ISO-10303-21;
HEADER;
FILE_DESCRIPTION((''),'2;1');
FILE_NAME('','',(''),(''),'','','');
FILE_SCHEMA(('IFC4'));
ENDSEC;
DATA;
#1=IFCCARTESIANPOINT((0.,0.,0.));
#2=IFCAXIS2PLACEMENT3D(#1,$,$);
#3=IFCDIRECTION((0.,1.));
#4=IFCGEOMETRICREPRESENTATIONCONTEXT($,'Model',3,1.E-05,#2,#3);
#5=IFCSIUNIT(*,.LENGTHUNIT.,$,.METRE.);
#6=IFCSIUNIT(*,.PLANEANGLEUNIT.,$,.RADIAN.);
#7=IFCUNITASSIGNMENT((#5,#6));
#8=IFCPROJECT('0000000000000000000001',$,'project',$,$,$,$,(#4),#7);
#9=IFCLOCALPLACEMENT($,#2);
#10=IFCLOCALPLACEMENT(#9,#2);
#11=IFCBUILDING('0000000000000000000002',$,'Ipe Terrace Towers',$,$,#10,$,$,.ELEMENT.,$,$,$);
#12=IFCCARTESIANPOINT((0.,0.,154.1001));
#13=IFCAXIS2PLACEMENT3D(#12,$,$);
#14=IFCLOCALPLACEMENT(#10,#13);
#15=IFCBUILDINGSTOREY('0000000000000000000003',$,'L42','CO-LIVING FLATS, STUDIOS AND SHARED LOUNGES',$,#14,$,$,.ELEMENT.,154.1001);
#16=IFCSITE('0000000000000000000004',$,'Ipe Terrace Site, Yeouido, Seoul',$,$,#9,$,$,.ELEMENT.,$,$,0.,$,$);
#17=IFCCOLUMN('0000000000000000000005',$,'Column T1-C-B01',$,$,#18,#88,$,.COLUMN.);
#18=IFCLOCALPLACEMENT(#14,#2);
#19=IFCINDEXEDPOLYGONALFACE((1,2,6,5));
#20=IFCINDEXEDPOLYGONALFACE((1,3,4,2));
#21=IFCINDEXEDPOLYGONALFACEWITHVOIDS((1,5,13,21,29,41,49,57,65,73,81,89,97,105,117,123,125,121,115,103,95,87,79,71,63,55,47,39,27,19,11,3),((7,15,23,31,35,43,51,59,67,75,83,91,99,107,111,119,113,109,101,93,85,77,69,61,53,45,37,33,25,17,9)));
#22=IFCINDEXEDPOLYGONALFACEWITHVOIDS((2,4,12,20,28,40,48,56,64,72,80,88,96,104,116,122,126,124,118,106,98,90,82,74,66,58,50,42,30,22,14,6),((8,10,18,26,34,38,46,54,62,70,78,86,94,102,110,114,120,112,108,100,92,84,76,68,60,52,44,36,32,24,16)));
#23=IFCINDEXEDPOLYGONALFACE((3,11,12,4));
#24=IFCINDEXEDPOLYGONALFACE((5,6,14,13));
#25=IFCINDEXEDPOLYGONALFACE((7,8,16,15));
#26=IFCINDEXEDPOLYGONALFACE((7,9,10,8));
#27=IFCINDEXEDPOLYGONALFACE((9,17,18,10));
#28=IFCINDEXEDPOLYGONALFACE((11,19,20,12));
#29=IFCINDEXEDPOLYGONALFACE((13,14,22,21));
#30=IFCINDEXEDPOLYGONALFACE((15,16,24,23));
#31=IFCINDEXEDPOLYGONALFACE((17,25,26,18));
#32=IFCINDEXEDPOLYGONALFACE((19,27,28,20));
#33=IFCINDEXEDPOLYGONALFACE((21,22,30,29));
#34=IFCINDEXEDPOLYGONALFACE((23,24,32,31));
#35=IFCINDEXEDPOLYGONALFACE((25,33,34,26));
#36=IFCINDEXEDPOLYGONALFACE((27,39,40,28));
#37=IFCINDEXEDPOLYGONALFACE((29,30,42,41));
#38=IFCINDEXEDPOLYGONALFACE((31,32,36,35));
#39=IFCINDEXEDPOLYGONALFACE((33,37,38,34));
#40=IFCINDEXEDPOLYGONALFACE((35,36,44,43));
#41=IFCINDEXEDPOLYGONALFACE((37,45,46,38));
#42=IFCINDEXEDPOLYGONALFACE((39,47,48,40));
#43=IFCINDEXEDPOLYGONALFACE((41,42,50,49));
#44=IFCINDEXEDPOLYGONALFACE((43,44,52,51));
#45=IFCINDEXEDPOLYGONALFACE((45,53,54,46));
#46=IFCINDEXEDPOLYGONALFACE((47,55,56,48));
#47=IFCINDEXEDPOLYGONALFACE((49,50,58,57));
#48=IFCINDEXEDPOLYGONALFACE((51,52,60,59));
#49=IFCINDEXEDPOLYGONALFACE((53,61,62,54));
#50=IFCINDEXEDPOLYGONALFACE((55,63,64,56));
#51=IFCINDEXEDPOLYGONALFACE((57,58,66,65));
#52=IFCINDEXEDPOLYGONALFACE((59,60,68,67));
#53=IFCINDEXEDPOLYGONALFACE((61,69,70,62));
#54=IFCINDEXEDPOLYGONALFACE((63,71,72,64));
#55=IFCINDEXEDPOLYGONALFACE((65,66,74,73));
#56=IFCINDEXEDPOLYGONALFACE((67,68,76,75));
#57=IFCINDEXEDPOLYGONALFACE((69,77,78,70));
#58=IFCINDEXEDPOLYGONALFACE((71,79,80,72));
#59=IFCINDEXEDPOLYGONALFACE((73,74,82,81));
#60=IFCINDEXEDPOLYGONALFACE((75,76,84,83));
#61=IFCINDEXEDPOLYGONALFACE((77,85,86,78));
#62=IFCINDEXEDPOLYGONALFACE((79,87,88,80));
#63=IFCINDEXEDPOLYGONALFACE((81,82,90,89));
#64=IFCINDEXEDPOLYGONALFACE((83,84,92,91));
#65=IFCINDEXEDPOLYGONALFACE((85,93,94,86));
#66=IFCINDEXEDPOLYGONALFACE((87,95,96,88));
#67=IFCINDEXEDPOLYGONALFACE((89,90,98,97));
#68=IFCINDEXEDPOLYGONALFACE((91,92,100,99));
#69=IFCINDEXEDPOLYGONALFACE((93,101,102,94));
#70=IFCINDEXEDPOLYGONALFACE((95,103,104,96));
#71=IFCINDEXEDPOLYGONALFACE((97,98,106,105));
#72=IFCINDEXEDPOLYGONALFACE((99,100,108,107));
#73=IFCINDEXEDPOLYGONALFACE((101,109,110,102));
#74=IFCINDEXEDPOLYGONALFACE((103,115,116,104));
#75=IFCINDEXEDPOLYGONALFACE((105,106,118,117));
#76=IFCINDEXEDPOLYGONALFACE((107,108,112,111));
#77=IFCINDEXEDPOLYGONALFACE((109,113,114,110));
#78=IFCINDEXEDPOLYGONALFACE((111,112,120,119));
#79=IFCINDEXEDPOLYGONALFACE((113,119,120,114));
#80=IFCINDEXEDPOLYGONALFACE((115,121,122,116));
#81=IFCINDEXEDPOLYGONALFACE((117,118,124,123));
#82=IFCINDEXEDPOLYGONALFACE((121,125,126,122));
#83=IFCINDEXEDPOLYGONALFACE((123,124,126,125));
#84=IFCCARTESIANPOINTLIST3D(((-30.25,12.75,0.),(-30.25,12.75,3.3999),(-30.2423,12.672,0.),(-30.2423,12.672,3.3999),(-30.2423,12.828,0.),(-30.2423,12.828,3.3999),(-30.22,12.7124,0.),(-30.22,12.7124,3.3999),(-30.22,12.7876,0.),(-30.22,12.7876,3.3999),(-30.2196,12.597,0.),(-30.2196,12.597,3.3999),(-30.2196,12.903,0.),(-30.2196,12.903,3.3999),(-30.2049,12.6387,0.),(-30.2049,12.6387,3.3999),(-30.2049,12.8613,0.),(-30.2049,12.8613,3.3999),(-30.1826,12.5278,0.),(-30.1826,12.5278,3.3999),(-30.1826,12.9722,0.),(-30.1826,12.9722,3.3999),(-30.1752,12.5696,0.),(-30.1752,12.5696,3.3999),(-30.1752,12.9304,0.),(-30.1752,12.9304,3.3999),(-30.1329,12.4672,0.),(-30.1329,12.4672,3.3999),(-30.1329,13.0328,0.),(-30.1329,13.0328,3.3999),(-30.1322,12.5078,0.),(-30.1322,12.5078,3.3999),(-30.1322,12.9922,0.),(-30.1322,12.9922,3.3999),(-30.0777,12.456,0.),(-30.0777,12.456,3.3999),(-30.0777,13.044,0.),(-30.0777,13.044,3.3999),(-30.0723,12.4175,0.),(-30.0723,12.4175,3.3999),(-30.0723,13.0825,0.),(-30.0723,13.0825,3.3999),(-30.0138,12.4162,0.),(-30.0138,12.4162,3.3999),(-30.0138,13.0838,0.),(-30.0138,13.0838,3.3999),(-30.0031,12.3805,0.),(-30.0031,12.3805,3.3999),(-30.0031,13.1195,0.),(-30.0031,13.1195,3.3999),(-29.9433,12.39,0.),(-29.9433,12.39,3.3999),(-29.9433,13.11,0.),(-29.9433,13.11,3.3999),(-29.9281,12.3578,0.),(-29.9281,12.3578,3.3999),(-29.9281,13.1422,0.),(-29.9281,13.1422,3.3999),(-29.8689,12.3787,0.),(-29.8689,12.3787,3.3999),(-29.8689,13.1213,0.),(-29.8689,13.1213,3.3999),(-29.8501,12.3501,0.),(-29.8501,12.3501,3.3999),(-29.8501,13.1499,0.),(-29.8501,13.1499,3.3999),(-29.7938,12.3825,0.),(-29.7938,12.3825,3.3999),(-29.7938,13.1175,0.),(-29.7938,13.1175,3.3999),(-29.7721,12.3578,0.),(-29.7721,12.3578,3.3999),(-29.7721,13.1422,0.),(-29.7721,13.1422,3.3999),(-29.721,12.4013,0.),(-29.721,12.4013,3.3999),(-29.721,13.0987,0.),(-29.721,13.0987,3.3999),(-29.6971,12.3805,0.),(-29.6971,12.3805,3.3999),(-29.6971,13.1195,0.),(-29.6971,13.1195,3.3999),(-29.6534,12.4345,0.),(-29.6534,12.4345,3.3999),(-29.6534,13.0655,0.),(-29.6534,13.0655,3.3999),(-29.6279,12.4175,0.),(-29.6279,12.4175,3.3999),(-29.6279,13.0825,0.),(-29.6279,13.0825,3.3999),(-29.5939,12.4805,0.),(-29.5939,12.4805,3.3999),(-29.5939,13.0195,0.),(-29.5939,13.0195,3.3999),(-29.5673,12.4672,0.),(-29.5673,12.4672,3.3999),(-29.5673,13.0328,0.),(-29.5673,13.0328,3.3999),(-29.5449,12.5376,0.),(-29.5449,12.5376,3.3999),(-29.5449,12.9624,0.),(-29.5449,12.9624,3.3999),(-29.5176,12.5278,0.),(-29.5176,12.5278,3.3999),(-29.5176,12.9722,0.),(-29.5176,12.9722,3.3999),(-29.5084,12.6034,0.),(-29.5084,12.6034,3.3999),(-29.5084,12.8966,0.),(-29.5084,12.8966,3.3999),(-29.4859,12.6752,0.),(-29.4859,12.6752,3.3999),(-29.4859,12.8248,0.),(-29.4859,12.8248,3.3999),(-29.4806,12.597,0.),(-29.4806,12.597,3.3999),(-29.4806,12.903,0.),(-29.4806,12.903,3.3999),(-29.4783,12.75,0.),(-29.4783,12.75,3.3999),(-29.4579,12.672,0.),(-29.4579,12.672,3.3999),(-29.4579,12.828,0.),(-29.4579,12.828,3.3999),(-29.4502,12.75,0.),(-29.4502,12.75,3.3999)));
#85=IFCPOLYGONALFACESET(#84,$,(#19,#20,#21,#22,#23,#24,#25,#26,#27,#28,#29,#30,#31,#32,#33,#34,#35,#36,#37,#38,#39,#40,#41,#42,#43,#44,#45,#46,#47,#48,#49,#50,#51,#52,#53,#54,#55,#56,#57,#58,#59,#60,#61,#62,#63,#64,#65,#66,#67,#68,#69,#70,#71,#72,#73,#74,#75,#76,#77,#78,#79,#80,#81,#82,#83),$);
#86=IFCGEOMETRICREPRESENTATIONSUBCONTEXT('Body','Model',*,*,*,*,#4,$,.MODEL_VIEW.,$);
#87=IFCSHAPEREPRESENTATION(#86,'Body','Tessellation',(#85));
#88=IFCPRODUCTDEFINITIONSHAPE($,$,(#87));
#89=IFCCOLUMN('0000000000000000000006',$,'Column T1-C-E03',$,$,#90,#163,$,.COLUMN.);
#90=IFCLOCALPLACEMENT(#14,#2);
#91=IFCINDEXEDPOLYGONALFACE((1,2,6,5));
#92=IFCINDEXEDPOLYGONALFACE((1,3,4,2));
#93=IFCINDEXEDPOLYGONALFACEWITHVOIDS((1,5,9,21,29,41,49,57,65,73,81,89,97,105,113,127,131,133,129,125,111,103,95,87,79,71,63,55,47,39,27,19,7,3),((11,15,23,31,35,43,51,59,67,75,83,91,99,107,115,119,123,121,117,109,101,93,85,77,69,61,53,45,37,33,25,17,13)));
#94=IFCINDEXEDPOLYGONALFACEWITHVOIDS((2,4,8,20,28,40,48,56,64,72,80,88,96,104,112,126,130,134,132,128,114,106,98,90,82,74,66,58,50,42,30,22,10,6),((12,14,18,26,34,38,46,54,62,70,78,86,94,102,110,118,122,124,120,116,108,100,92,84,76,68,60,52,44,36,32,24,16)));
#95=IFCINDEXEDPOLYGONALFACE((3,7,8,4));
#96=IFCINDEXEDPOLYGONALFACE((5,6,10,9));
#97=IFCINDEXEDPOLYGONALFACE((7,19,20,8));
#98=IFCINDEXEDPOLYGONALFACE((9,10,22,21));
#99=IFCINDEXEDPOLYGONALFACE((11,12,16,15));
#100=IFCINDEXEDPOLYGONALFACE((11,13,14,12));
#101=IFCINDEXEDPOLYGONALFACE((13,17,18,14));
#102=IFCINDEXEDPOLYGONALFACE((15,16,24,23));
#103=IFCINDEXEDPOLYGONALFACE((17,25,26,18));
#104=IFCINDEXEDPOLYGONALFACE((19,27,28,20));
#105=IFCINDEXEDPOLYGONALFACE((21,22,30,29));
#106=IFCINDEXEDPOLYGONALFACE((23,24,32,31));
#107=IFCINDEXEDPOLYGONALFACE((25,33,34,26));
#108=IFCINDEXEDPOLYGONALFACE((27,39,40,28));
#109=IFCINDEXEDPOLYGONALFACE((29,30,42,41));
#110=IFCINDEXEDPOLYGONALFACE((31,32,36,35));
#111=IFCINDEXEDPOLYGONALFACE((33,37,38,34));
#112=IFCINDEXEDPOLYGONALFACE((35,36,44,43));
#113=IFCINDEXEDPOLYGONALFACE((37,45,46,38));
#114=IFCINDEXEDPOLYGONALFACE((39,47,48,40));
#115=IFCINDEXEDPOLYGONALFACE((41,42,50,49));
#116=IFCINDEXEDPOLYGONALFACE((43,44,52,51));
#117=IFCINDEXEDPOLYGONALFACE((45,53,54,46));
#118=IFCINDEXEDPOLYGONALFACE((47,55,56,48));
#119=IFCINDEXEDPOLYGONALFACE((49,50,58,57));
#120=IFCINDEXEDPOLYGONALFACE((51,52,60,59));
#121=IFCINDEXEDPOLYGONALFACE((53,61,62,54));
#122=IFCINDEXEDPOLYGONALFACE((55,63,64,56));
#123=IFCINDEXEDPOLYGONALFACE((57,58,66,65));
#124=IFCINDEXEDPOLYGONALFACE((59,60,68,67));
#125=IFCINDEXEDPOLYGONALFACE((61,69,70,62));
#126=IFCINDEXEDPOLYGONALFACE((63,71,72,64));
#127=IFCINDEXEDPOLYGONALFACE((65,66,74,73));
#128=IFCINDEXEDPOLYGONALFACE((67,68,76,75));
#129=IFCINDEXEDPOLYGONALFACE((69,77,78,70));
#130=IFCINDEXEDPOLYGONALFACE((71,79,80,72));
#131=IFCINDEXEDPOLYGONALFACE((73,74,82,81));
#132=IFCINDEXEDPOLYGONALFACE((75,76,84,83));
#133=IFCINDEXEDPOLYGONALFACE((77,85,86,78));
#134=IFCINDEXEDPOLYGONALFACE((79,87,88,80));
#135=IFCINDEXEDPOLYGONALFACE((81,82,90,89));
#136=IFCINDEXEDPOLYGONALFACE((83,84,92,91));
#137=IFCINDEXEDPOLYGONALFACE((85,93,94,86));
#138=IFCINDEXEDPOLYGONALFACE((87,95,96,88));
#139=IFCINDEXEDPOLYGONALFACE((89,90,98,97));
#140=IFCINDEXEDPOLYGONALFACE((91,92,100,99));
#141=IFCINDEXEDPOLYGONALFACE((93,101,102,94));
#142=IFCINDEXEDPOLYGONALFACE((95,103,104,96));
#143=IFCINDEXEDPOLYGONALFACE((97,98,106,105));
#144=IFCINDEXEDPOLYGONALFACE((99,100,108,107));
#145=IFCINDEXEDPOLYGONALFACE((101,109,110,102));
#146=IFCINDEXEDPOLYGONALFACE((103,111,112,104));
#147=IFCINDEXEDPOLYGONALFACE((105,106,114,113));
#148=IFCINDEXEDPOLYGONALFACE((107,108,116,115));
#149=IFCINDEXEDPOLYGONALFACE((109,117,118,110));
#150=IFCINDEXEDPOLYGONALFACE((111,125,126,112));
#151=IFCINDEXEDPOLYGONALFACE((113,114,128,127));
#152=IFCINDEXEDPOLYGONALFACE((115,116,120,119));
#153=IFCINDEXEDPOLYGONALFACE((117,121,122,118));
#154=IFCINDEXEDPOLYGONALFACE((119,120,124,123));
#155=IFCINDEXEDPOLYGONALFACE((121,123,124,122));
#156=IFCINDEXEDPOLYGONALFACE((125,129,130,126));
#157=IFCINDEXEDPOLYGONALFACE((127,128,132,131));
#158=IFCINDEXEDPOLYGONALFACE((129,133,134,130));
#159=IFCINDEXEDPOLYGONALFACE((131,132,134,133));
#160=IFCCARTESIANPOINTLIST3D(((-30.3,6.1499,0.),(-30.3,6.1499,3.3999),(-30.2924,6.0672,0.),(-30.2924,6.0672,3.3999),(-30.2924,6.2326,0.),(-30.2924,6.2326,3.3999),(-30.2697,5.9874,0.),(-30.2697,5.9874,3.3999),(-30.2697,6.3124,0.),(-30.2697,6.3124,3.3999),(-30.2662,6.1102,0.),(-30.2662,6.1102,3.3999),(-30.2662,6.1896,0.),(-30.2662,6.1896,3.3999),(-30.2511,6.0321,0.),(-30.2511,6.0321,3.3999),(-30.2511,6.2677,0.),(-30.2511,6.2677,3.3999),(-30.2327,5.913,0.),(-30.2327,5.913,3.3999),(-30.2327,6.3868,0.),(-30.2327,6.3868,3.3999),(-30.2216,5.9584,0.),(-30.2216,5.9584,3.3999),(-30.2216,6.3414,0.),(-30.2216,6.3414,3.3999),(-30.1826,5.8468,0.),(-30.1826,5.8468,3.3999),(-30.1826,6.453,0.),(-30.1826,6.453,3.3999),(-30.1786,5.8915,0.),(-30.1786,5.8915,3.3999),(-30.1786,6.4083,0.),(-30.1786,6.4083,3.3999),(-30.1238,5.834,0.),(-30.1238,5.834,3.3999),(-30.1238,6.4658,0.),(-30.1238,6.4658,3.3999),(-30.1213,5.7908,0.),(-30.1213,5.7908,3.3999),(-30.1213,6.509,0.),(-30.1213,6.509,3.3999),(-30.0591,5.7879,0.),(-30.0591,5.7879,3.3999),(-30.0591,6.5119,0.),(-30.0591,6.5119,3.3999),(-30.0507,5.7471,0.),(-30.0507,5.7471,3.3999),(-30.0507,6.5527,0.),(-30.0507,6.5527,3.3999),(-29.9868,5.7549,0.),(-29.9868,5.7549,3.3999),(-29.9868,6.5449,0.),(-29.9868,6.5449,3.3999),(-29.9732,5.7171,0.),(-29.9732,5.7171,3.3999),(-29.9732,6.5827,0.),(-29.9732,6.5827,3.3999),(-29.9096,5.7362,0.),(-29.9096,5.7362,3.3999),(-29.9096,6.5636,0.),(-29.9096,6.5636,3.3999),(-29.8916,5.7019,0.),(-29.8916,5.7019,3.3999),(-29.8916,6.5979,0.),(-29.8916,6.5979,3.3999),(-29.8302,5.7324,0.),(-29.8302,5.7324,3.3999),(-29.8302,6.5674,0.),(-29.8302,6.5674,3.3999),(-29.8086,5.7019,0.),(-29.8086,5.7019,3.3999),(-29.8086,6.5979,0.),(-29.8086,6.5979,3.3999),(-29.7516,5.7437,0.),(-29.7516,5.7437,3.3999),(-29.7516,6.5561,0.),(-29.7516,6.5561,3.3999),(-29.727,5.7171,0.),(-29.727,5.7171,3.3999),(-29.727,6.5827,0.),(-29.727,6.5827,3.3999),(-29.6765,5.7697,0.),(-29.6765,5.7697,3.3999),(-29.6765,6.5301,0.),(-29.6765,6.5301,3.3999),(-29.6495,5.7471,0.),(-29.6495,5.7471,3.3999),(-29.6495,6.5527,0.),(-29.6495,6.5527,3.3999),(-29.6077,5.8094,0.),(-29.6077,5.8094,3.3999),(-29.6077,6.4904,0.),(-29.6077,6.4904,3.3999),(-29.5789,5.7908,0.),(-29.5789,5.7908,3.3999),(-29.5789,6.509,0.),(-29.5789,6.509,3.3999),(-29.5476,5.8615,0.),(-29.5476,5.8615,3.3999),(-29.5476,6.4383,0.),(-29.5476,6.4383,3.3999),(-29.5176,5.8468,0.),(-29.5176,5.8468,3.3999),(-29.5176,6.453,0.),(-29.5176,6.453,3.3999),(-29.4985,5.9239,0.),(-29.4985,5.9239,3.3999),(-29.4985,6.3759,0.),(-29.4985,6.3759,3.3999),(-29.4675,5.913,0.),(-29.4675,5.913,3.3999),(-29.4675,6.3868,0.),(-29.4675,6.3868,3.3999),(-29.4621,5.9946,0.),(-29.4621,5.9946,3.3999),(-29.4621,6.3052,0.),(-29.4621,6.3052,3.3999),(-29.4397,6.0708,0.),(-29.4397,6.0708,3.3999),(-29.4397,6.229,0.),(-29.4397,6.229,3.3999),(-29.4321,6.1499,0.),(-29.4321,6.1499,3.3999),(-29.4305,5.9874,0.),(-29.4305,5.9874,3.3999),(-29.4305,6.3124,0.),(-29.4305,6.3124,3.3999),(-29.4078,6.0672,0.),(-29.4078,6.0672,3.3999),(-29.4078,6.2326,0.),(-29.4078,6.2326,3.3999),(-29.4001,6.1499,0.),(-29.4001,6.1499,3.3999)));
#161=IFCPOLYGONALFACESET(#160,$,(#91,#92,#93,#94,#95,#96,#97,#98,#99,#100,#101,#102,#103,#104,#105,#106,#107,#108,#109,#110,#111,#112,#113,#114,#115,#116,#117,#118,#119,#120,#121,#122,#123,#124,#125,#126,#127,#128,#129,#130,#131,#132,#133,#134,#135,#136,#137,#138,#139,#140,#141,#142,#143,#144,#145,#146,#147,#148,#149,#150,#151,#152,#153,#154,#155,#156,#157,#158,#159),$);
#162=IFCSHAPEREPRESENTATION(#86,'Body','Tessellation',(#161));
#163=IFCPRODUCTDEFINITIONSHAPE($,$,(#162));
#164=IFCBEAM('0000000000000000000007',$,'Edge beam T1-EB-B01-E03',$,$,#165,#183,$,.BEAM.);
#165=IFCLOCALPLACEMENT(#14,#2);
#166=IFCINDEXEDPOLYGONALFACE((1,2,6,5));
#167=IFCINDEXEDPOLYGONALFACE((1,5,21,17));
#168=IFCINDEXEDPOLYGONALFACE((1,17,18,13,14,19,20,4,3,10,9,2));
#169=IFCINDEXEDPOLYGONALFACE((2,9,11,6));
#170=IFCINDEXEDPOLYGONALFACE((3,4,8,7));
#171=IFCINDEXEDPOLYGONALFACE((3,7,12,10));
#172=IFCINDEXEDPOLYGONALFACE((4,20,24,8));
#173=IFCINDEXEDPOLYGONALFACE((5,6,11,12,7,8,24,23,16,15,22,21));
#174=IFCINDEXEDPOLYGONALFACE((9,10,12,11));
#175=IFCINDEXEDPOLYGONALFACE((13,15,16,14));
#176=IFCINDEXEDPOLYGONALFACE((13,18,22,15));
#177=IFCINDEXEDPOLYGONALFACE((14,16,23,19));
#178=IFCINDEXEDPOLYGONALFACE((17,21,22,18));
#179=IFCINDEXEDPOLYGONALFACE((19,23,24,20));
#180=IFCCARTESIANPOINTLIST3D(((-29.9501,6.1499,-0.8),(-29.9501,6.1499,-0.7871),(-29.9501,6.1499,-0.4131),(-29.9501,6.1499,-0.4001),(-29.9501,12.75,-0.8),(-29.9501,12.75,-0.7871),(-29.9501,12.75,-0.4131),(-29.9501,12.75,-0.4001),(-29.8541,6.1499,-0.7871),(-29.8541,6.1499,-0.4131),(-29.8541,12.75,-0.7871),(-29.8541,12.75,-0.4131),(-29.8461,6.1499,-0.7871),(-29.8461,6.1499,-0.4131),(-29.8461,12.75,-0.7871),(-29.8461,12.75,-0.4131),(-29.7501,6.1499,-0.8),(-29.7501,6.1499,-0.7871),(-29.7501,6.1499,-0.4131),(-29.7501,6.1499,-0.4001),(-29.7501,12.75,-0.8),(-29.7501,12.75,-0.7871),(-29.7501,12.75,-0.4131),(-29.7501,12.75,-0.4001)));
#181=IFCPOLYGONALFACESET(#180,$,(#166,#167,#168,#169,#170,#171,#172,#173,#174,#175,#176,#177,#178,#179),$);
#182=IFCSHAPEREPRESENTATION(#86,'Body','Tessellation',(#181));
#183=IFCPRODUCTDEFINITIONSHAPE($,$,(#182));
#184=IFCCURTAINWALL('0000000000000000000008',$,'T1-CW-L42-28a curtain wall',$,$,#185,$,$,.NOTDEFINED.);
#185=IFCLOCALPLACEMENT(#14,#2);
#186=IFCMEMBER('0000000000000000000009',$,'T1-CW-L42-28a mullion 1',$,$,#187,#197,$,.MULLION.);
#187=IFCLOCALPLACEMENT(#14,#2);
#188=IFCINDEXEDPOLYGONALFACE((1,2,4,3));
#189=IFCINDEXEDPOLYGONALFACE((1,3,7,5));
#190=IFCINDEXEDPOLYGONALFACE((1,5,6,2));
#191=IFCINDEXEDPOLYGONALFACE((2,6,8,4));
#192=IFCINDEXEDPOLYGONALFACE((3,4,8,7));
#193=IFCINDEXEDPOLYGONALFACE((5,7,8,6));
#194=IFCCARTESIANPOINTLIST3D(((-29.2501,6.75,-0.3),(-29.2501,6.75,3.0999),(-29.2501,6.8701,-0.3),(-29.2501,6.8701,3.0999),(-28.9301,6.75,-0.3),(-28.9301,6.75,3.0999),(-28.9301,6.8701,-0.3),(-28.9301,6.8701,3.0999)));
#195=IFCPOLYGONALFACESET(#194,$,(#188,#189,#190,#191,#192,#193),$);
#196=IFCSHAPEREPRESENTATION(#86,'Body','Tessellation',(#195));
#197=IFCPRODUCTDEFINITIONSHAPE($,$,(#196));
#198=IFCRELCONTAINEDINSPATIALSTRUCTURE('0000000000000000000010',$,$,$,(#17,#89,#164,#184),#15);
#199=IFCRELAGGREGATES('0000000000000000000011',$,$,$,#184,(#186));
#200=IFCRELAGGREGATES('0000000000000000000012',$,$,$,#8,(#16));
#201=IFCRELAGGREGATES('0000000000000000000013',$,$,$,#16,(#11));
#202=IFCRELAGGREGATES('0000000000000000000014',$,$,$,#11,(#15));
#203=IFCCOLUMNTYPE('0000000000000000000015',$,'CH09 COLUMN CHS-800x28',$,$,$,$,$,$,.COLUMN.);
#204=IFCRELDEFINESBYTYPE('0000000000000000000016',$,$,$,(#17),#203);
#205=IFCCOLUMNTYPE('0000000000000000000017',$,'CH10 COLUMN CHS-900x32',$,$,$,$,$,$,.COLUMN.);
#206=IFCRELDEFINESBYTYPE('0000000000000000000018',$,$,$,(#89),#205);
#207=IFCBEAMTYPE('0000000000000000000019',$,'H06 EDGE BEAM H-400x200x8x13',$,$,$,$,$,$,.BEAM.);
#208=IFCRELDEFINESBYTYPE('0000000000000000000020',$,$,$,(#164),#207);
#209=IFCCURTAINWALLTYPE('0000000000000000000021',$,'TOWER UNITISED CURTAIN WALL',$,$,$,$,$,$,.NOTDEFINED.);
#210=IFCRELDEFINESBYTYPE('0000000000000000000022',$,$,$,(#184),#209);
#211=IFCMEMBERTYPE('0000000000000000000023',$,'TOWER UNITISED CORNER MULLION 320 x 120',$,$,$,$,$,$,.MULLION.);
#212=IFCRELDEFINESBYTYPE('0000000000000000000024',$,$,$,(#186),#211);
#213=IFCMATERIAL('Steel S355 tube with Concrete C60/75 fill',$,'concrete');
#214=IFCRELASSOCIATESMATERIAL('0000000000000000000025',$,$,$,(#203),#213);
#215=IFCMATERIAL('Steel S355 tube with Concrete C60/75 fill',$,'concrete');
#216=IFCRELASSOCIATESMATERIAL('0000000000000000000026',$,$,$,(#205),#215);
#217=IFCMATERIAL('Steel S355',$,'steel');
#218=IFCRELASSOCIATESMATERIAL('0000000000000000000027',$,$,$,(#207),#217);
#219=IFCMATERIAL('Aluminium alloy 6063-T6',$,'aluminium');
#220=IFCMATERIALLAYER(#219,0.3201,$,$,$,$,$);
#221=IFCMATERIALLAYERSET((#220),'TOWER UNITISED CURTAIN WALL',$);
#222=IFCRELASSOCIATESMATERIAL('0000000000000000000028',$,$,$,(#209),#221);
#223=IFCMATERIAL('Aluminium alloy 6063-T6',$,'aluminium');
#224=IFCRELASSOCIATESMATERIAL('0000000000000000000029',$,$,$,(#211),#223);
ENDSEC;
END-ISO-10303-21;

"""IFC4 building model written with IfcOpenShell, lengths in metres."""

from ifc_helpers import new_model, si_unit, direction, frame, origin, origin_2d, place, context, subcontext, project, spatial, rectangle, hollow_circle, i_section, extrude, material, layer, layer_set, material_profile, profile_set, type_object, element, aggregate, save


model = new_model("IFC4")

# Units and contexts
model_context = context("Model", 3, precision=1e-05, world=origin(), true_north=direction((0.0, 1.0)))
body_context = subcontext(model_context, "Body", "Model", "MODEL_VIEW")
ifc_project = project(units=[si_unit("LENGTHUNIT", "METRE"), si_unit("PLANEANGLEUNIT", "RADIAN")], contexts=[model_context])

# Site, building, storey
site_placement = place(None, origin())
site = spatial("IfcSite", under=ifc_project, at=site_placement, Name="Ipe Terrace Site, Yeouido, Seoul", CompositionType="ELEMENT", RefElevation=0.0)
building_placement = place(site_placement, origin())
building = spatial("IfcBuilding", under=site, at=building_placement, Name="Ipe Terrace Towers", CompositionType="ELEMENT")
storey_placement = place(building_placement, frame((0.0, 0.0, 154.1001)))
storey = spatial("IfcBuildingStorey", under=building, at=storey_placement, Name="L42", Description="CO-LIVING FLATS, STUDIOS AND SHARED LOUNGES", CompositionType="ELEMENT", Elevation=154.1001)

# Columns
ifc_material_1 = material(Name="Steel S355 tube with Concrete C60/75 fill", Category="concrete")
ifc_material_profile_1 = material_profile(ifc_material_1, hollow_circle(Radius=0.3999, WallThickness=0.0281, at=origin_2d()), Name="CHS-800x28")
ifc_profile_set_1 = profile_set([ifc_material_profile_1], Name="Steel S355 tube with Concrete C60/75 fill")
column_type_1 = type_object("IfcColumnType", Name="CH09 COLUMN CHS-800x28", PredefinedType="COLUMN", material=ifc_profile_set_1)
column_1_placement = place(storey_placement, frame((-29.8501, 12.75, 0.0), z_axis=(0.0, 0.0, 1.0), x_axis=(1.0, 0.0, 0.0)))
element("IfcColumn", 1, at=column_1_placement, inside=storey, type_object=column_type_1, Name="Column T1-C-B01", PredefinedType="COLUMN", context=body_context, shape_type="SweptSolid", body=[
    extrude(hollow_circle(Radius=0.3999, WallThickness=0.0281, at=origin_2d()), origin(), (0.0, 0.0, 1.0), 3.3999),
])
ifc_material_2 = material(Name="Steel S355 tube with Concrete C60/75 fill", Category="concrete")
ifc_material_profile_2 = material_profile(ifc_material_2, hollow_circle(Radius=0.45, WallThickness=0.032, at=origin_2d()), Name="CHS-900x32")
ifc_profile_set_2 = profile_set([ifc_material_profile_2], Name="Steel S355 tube with Concrete C60/75 fill")
column_type_2 = type_object("IfcColumnType", Name="CH10 COLUMN CHS-900x32", PredefinedType="COLUMN", material=ifc_profile_set_2)
column_2_placement = place(storey_placement, frame((-29.8501, 6.1499, 0.0), z_axis=(0.0, 0.0, 1.0), x_axis=(1.0, 0.0, 0.0)))
element("IfcColumn", 2, at=column_2_placement, inside=storey, type_object=column_type_2, Name="Column T1-C-E03", PredefinedType="COLUMN", context=body_context, shape_type="SweptSolid", body=[
    extrude(hollow_circle(Radius=0.45, WallThickness=0.032, at=origin_2d()), origin(), (0.0, 0.0, 1.0), 3.3999),
])

# Beam
ifc_material_3 = material(Name="Steel S355", Category="steel")
ifc_material_profile_3 = material_profile(ifc_material_3, i_section(OverallWidth=0.2, OverallDepth=0.3999, WebThickness=0.0081, FlangeThickness=0.0129, at=origin_2d()), Name="H-400x200x8x13")
ifc_profile_set_3 = profile_set([ifc_material_profile_3], Name="Steel S355")
beam_type = type_object("IfcBeamType", Name="H06 EDGE BEAM H-400x200x8x13", PredefinedType="BEAM", material=ifc_profile_set_3)
beam_placement = place(storey_placement, frame((-29.8501, 12.75, -0.6001), z_axis=(0.0, -1.0, 0.0), x_axis=(1.0, 0.0, 0.0)))
element("IfcBeam", 3, at=beam_placement, inside=storey, type_object=beam_type, Name="Edge beam T1-EB-B01-E03", PredefinedType="BEAM", context=body_context, shape_type="SweptSolid", body=[
    extrude(i_section(OverallWidth=0.2, OverallDepth=0.3999, WebThickness=0.0081, FlangeThickness=0.0129, at=origin_2d()), origin(), (0.0, 0.0, 1.0), 6.6001),
])

# Curtain wall, member
ifc_material_4 = material(Name="Aluminium alloy 6063-T6", Category="aluminium")
ifc_layer_1 = layer(ifc_material_4, 0.3201)
ifc_layer_set_1 = layer_set([ifc_layer_1], Name="TOWER UNITISED CURTAIN WALL")
curtain_wall_type = type_object("IfcCurtainWallType", Name="TOWER UNITISED CURTAIN WALL", PredefinedType="NOTDEFINED", material=ifc_layer_set_1)
curtain_wall_placement = place(storey_placement, origin())
curtain_wall = element("IfcCurtainWall", 4, at=curtain_wall_placement, inside=storey, type_object=curtain_wall_type, Name="T1-CW-L42-28a curtain wall", PredefinedType="NOTDEFINED")
ifc_material_5 = material(Name="Aluminium alloy 6063-T6", Category="aluminium")
ifc_material_profile_4 = material_profile(ifc_material_5, rectangle(XDim=0.3201, YDim=0.1201, at=origin_2d()), Name="TOWER UNITISED CORNER MULLION 320 x 120")
ifc_profile_set_4 = profile_set([ifc_material_profile_4], Name="Aluminium alloy 6063-T6")
member_type = type_object("IfcMemberType", Name="TOWER UNITISED CORNER MULLION 320 x 120", PredefinedType="MULLION", material=ifc_profile_set_4)
member_1_placement = place(storey_placement, frame((-29.0901, 6.8101, -0.3), z_axis=(0.0, 0.0, 1.0), x_axis=(1.0, 0.0, 0.0)))
member_1 = element("IfcMember", 5, at=member_1_placement, type_object=member_type, Name="T1-CW-L42-28a mullion 1", PredefinedType="MULLION", context=body_context, shape_type="SweptSolid", body=[
    extrude(rectangle(XDim=0.3201, YDim=0.1201, at=origin_2d()), origin(), (0.0, 0.0, 1.0), 3.3999),
])
aggregate(curtain_wall, [member_1])

save(model, "model.ifc")
